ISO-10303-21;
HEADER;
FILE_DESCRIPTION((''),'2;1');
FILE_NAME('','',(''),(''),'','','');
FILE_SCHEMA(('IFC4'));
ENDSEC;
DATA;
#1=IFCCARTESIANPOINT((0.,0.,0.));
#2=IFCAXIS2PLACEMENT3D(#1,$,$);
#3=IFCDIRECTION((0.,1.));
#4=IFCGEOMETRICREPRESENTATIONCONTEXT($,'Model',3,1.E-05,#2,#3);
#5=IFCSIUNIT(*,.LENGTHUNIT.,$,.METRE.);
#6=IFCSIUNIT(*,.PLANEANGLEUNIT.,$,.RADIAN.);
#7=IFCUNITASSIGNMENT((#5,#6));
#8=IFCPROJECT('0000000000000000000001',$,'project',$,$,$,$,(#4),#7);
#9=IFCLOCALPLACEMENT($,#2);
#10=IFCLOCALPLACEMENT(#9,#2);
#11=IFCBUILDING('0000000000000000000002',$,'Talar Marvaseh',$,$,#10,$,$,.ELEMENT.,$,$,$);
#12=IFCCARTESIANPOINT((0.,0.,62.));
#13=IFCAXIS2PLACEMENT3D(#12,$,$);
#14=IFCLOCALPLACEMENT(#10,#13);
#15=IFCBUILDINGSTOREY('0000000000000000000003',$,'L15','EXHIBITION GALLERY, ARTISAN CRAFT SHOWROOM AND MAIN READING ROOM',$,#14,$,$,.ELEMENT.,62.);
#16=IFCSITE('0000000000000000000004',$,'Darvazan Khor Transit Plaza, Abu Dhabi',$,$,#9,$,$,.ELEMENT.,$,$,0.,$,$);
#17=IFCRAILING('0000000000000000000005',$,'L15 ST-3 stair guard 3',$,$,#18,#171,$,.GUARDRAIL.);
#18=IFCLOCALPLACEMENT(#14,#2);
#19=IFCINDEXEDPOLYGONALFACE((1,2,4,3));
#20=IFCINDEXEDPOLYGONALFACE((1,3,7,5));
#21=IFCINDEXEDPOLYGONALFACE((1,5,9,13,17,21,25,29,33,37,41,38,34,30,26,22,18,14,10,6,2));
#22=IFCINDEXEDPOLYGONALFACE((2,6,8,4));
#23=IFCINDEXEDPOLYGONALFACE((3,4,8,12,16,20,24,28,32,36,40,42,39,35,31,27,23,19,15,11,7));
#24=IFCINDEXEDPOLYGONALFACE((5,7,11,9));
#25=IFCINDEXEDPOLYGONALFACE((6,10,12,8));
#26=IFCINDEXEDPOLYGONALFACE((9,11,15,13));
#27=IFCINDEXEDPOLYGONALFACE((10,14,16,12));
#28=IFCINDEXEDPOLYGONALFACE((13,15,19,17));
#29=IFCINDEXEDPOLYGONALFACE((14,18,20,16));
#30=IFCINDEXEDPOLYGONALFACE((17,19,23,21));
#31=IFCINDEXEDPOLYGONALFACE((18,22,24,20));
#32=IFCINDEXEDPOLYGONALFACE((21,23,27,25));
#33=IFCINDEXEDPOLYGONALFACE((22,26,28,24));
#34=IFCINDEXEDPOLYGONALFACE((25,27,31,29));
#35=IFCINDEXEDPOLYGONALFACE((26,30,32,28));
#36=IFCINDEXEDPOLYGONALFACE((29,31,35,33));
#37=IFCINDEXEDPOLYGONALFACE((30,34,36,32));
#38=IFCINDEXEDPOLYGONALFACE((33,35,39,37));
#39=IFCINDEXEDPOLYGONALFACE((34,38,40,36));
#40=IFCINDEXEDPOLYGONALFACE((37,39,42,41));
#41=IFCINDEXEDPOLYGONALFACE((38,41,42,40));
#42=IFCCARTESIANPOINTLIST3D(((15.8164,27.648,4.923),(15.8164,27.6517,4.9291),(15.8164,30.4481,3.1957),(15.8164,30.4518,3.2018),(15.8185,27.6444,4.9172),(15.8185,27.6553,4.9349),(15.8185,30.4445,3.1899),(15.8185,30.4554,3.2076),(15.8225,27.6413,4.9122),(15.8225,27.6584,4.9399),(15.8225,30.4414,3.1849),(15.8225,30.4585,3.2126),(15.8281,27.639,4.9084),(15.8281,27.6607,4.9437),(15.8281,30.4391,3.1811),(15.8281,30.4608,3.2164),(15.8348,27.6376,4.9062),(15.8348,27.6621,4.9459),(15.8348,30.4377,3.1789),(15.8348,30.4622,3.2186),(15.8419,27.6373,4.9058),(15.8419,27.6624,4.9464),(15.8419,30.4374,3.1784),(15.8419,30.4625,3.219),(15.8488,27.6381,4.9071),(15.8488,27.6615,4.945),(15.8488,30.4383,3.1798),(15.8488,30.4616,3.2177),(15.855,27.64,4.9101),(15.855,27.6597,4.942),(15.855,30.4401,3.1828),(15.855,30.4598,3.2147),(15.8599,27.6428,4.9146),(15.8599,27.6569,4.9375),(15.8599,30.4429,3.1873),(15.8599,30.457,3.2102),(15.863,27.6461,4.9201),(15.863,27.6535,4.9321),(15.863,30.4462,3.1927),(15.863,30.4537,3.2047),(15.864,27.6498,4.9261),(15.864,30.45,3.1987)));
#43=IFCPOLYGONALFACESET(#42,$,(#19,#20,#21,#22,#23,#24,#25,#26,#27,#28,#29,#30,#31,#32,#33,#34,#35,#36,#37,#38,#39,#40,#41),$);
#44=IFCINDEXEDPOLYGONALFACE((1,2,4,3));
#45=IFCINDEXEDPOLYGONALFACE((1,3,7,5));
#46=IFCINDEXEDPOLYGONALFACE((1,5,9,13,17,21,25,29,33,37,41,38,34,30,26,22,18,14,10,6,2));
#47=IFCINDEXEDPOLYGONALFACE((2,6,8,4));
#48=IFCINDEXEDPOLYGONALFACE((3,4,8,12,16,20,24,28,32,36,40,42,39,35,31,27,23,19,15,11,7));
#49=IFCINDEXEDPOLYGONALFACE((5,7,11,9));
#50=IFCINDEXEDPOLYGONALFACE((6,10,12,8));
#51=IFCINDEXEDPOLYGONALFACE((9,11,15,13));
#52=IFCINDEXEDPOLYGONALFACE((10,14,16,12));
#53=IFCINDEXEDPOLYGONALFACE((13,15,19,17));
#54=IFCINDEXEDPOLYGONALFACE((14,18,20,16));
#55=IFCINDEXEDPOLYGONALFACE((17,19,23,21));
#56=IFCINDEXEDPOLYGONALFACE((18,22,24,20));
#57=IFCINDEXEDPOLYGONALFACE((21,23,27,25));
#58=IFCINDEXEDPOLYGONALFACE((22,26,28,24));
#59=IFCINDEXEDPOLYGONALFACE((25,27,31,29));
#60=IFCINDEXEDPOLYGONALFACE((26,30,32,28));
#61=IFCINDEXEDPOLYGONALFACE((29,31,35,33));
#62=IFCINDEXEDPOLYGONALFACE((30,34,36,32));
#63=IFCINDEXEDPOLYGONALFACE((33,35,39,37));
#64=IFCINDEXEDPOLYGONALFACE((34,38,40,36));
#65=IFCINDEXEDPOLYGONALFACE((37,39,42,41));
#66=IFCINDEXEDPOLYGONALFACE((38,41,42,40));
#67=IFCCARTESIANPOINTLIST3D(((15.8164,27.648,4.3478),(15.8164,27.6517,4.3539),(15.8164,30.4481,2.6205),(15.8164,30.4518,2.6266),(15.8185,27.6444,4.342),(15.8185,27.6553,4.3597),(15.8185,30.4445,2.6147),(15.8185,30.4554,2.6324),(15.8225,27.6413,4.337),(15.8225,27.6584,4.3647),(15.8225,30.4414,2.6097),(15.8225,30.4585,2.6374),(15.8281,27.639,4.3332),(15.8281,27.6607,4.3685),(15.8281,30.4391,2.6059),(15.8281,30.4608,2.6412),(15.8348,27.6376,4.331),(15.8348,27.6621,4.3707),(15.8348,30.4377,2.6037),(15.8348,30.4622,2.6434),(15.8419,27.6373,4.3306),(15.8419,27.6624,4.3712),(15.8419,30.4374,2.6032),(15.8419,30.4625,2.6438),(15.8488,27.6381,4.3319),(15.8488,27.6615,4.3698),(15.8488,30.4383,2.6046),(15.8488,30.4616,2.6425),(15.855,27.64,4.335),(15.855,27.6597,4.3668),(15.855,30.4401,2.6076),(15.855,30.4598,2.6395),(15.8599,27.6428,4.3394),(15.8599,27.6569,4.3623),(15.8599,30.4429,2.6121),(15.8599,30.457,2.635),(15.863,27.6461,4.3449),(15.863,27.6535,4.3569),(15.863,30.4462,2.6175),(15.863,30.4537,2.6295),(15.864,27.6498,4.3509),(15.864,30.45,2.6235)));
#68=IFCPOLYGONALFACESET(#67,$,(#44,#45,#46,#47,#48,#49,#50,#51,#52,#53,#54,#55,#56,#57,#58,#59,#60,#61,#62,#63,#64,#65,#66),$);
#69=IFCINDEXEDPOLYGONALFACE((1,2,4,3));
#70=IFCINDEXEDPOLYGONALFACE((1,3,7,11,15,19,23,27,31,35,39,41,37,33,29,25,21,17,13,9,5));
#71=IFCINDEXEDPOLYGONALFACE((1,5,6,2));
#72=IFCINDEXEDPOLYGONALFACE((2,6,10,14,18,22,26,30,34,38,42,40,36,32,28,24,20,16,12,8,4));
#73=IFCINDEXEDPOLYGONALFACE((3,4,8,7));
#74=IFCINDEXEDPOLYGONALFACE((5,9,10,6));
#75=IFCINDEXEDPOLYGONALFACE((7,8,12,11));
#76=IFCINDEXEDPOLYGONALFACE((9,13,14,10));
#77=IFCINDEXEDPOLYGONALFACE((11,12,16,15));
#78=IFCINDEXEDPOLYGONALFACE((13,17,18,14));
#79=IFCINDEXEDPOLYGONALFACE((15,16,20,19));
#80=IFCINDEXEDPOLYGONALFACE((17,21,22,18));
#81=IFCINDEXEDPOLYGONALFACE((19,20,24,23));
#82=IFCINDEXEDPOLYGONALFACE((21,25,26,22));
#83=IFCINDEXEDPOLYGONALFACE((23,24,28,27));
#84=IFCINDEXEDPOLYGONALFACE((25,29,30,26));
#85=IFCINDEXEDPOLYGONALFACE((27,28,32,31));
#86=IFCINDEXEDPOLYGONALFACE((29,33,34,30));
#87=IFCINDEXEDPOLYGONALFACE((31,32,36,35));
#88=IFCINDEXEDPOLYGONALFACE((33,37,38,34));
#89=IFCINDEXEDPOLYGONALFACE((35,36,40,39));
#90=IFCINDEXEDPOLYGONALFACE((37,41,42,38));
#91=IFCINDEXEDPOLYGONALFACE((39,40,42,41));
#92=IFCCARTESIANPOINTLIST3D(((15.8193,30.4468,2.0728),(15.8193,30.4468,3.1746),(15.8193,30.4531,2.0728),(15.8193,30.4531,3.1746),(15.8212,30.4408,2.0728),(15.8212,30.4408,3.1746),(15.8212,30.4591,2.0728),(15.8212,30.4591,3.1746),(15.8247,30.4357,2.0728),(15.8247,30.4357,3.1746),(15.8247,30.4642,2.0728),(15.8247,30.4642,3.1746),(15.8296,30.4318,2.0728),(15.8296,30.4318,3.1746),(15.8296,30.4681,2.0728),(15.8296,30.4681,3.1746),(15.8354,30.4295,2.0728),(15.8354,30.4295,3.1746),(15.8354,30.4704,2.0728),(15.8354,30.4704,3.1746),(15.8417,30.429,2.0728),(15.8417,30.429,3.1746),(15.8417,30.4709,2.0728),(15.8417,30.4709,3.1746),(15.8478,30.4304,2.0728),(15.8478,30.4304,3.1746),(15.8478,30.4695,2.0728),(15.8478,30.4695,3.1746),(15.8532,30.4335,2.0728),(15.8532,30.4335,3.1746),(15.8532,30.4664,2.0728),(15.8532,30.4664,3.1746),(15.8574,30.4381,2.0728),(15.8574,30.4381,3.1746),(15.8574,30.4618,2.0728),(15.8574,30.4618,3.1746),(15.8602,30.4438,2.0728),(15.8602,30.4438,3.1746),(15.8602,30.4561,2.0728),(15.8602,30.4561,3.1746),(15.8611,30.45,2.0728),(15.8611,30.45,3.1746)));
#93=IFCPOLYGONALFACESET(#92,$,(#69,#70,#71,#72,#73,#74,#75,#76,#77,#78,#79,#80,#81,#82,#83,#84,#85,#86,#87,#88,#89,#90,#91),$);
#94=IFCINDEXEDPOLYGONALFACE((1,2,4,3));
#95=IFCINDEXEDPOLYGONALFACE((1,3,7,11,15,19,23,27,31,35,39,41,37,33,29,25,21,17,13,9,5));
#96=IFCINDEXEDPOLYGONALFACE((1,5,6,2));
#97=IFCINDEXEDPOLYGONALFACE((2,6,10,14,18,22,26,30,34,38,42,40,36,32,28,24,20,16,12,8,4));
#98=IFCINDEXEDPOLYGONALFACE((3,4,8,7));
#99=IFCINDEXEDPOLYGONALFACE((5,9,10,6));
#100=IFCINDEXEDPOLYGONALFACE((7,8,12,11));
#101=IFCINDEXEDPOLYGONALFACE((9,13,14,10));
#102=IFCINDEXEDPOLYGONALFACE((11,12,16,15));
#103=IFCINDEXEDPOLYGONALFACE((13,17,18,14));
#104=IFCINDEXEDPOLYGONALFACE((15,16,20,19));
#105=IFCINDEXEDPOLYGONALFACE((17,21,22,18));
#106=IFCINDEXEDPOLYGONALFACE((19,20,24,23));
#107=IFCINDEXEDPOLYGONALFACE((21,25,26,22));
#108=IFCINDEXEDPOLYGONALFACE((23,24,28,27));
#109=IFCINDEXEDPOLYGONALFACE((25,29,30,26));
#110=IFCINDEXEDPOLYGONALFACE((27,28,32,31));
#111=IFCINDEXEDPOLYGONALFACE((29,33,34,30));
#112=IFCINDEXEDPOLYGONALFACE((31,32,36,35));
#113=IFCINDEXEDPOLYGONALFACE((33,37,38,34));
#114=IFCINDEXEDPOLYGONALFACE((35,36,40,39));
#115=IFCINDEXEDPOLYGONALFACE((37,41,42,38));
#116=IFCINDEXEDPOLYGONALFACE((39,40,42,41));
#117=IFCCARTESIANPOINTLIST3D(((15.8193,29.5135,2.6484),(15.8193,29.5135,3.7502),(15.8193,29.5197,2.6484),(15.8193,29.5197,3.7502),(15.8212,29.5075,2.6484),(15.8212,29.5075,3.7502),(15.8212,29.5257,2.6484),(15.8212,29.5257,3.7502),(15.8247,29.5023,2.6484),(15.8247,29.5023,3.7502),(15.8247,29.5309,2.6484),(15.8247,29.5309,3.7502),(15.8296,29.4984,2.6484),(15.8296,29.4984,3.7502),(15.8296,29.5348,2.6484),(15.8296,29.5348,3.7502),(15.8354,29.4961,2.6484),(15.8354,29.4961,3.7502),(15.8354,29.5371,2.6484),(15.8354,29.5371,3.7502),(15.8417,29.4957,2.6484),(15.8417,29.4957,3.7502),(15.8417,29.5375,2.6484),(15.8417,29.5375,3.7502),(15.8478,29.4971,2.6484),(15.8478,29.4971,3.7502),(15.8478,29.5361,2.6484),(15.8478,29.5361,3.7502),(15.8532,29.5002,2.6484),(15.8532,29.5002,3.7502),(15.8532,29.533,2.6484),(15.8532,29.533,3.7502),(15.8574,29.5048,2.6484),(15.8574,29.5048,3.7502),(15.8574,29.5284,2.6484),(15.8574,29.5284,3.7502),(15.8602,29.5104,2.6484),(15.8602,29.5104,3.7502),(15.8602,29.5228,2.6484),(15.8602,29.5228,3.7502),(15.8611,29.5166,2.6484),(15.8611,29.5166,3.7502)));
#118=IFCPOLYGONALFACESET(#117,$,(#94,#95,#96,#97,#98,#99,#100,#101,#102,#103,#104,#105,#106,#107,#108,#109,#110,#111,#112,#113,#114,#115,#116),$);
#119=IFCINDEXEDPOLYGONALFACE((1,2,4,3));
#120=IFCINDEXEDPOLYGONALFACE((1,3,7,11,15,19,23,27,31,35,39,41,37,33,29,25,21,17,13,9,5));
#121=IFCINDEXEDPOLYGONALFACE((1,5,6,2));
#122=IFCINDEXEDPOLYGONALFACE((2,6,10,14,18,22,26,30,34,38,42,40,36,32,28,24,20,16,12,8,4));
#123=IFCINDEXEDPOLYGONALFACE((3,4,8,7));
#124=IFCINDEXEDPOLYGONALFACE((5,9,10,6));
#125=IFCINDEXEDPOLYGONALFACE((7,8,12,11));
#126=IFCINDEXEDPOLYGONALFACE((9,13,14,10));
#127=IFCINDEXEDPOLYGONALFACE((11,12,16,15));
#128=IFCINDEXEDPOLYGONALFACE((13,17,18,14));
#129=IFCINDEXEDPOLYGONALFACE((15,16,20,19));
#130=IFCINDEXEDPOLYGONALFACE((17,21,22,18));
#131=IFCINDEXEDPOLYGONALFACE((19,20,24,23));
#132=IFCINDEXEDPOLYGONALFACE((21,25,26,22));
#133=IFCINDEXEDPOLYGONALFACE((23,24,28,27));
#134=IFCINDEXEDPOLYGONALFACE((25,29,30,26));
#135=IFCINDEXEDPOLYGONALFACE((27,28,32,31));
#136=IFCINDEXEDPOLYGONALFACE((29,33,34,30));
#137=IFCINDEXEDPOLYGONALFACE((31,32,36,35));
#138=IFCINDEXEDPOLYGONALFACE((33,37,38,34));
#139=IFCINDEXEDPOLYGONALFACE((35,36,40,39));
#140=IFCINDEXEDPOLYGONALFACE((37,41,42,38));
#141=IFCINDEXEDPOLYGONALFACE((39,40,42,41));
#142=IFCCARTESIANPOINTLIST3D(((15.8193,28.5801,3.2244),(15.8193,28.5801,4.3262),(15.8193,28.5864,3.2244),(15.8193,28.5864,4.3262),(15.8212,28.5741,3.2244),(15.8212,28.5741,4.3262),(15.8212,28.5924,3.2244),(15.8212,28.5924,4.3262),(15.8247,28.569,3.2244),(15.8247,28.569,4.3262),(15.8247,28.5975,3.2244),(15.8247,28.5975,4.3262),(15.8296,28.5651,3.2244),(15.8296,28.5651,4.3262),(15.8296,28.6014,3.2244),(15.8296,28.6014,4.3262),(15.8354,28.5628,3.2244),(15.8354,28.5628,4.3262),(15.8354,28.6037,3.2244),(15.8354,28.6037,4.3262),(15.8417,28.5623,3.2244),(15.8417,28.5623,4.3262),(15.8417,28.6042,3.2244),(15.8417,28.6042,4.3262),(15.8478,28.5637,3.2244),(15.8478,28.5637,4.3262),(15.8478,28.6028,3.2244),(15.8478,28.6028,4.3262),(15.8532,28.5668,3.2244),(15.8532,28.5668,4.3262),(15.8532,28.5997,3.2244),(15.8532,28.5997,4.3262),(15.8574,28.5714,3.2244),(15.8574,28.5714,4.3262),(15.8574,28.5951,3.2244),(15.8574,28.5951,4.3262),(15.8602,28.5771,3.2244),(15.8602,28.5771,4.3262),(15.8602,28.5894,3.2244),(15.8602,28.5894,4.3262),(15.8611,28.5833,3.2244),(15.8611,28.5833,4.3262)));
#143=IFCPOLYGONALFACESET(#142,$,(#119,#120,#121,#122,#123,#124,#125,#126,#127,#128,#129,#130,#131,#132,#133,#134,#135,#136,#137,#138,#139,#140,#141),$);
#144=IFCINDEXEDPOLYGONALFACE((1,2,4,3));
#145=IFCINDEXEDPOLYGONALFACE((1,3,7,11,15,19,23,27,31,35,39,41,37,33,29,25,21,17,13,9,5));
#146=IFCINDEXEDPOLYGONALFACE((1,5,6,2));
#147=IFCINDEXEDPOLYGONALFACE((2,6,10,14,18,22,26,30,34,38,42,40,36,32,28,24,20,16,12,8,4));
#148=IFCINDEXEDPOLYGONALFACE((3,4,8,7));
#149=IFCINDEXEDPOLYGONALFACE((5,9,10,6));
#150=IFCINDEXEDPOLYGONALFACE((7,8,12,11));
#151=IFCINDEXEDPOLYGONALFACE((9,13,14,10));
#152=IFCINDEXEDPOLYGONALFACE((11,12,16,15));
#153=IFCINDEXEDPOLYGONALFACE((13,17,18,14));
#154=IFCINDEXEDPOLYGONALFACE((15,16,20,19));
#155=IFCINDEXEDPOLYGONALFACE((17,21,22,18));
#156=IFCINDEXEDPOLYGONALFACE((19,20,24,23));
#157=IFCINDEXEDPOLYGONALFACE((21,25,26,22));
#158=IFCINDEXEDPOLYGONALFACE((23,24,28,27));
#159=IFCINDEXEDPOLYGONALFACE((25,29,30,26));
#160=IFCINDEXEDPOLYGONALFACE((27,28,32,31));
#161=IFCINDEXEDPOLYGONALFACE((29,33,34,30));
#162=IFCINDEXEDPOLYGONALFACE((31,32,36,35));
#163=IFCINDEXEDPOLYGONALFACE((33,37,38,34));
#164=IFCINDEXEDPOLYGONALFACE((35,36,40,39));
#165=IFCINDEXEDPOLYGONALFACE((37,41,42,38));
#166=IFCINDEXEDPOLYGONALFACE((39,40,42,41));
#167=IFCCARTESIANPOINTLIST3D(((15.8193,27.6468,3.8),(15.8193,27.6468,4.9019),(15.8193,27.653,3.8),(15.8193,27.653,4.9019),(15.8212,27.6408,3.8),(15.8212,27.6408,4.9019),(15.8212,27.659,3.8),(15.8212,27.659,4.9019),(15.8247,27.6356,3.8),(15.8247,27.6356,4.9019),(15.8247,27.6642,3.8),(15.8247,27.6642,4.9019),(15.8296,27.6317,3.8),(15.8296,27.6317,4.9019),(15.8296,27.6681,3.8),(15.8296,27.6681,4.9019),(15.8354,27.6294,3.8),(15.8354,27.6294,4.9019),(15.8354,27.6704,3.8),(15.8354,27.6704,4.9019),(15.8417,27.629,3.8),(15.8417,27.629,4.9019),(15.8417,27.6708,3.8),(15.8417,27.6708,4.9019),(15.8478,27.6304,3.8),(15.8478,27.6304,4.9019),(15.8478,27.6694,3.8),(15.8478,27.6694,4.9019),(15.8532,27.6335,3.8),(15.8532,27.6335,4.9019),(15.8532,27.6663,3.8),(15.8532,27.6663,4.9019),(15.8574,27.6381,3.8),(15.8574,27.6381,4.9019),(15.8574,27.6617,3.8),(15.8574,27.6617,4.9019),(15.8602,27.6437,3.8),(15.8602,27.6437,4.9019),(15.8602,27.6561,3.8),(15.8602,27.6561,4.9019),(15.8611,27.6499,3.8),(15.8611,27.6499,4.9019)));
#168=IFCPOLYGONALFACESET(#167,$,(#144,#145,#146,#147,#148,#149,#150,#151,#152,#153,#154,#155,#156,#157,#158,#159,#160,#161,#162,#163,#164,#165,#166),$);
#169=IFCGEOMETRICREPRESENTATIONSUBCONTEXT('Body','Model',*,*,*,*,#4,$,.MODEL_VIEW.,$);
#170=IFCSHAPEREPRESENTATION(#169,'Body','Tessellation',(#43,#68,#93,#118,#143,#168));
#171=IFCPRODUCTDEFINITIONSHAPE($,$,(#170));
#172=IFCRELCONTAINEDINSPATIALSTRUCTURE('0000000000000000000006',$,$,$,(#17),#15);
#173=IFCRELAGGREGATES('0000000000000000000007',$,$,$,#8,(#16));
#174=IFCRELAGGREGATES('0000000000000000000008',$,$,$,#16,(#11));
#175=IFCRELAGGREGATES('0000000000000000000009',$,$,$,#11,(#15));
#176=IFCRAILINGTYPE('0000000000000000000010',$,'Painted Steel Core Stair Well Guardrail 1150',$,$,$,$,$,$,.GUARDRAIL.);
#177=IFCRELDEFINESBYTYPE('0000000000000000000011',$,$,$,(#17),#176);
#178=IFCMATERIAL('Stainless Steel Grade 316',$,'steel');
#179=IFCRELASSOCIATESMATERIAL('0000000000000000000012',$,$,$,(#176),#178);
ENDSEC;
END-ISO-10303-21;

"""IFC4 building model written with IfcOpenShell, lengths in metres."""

from ifc_helpers import new_model, si_unit, direction, frame, origin, origin_2d, place, context, subcontext, project, spatial, circle, extrude, material, type_object, element, save


model = new_model("IFC4")

# Units and contexts
model_context = context("Model", 3, precision=1e-05, world=origin(), true_north=direction((0.0, 1.0)))
body_context = subcontext(model_context, "Body", "Model", "MODEL_VIEW")
ifc_project = project(units=[si_unit("LENGTHUNIT", "METRE"), si_unit("PLANEANGLEUNIT", "RADIAN")], contexts=[model_context])

# Site, building, storey
site_placement = place(None, origin())
site = spatial("IfcSite", under=ifc_project, at=site_placement, Name="Darvazan Khor Transit Plaza, Abu Dhabi", CompositionType="ELEMENT", RefElevation=0.0)
building_placement = place(site_placement, origin())
building = spatial("IfcBuilding", under=site, at=building_placement, Name="Talar Marvaseh", CompositionType="ELEMENT")
storey_placement = place(building_placement, frame((0.0, 0.0, 62.0)))
storey = spatial("IfcBuildingStorey", under=building, at=storey_placement, Name="L15", Description="EXHIBITION GALLERY, ARTISAN CRAFT SHOWROOM AND MAIN READING ROOM", CompositionType="ELEMENT", Elevation=62.0)

# Railing
ifc_material_1 = material(Name="Stainless Steel Grade 316", Category="steel")
railing_type_1 = type_object("IfcRailingType", Name="Painted Steel Core Stair Well Guardrail 1150", PredefinedType="GUARDRAIL", material=ifc_material_1)
railing_1_placement = place(storey_placement, frame((15.8401, 30.45, 2.0728)))
element("IfcRailing", 1, at=railing_1_placement, inside=storey, type_object=railing_type_1, Name="L15 ST-3 stair guard 3", PredefinedType="GUARDRAIL", context=body_context, shape_type="SweptSolid", body=[
    extrude(circle(Radius=0.0239, at=origin_2d()), frame((0.0, 0.0, 1.126), z_axis=(0.0, -0.85109, 0.52502), x_axis=(1.0, 0.0, 0.0)), (0.0, 0.0, 1.0), 3.29),
    extrude(circle(Radius=0.0239, at=origin_2d()), frame((0.0, 0.0, 0.5508), z_axis=(0.0, -0.85109, 0.52502), x_axis=(1.0, 0.0, 0.0)), (0.0, 0.0, 1.0), 3.29),
    extrude(circle(Radius=0.021, at=origin_2d()), origin(), (0.0, 0.0, 1.0), 1.1018),
    extrude(circle(Radius=0.021, at=origin_2d()), frame((0.0, -0.9333, 0.5757)), (0.0, 0.0, 1.0), 1.1018),
    extrude(circle(Radius=0.021, at=origin_2d()), frame((0.0, -1.8667, 1.1516)), (0.0, 0.0, 1.0), 1.1018),
    extrude(circle(Radius=0.021, at=origin_2d()), frame((0.0, -2.8, 1.7273)), (0.0, 0.0, 1.0), 1.1018),
])

save(model, "model.ifc")
